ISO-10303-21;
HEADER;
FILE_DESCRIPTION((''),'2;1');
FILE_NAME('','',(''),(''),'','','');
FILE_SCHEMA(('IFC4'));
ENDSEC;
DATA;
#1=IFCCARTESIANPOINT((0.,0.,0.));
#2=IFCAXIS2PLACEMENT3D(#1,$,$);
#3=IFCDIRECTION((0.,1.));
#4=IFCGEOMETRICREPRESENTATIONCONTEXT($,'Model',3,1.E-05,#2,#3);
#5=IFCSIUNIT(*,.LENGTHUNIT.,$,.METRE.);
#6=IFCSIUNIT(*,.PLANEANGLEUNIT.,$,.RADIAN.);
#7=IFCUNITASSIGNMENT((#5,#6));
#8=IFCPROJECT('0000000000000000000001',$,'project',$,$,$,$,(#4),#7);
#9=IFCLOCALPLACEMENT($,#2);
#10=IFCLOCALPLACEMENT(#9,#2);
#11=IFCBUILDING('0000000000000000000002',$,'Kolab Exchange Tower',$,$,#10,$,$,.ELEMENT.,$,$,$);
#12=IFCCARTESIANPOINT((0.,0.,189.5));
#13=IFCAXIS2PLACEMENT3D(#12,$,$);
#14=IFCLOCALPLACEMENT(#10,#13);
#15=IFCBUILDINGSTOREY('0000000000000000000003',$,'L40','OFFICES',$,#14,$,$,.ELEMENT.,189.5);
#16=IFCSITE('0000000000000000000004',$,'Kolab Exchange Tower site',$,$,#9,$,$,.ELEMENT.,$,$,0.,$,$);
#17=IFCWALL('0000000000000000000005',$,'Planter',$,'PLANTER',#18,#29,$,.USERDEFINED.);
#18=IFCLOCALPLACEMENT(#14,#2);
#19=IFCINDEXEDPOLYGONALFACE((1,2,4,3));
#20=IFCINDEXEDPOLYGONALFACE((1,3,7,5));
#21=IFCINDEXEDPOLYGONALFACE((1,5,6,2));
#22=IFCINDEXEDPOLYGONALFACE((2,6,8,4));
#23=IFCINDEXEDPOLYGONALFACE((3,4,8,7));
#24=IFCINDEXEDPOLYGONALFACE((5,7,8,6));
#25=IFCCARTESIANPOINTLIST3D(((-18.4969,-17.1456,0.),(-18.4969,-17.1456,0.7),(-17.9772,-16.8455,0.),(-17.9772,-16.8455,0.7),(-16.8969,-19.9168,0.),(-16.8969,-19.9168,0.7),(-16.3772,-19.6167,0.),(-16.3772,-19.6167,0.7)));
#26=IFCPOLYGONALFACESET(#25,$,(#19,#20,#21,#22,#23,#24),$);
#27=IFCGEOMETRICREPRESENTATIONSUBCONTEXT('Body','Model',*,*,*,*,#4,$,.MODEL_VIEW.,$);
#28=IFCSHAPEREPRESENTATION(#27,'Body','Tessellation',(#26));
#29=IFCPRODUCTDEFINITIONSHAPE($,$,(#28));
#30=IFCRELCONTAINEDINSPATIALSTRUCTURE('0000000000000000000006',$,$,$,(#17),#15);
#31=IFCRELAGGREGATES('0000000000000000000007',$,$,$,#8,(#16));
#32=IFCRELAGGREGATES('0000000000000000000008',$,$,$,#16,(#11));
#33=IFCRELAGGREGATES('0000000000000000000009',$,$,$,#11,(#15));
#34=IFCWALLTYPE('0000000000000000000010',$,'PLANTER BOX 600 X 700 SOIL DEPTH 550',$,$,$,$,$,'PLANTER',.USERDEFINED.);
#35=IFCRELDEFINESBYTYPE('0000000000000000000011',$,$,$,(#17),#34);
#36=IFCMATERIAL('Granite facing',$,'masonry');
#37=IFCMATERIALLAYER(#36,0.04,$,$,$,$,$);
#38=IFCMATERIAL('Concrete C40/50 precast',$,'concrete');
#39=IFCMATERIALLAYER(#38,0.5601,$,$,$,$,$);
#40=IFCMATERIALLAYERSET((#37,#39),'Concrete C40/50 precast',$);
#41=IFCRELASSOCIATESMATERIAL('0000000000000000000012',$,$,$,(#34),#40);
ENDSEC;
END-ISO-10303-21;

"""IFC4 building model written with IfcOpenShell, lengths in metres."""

from ifc_helpers import new_model, si_unit, direction, frame, frame_2d, origin, place, context, subcontext, project, spatial, rectangle, extrude, material, layer, layer_set, type_object, element, save


model = new_model("IFC4")

# Units and contexts
model_context = context("Model", 3, precision=1e-05, world=origin(), true_north=direction((0.0, 1.0)))
body_context = subcontext(model_context, "Body", "Model", "MODEL_VIEW")
ifc_project = project(units=[si_unit("LENGTHUNIT", "METRE"), si_unit("PLANEANGLEUNIT", "RADIAN")], contexts=[model_context])

# Site, building, storey
site_placement = place(None, origin())
site = spatial("IfcSite", under=ifc_project, at=site_placement, Name="Kolab Exchange Tower site", CompositionType="ELEMENT", RefElevation=0.0)
building_placement = place(site_placement, origin())
building = spatial("IfcBuilding", under=site, at=building_placement, Name="Kolab Exchange Tower", CompositionType="ELEMENT")
storey_placement = place(building_placement, frame((0.0, 0.0, 189.5)))
storey = spatial("IfcBuildingStorey", under=building, at=storey_placement, Name="L40", Description="OFFICES", CompositionType="ELEMENT", Elevation=189.5)

# Wall
ifc_material_1 = material(Name="Granite facing", Category="masonry")
ifc_layer_1 = layer(ifc_material_1, 0.04)
ifc_material_2 = material(Name="Concrete C40/50 precast", Category="concrete")
ifc_layer_2 = layer(ifc_material_2, 0.5601)
ifc_layer_set_1 = layer_set([ifc_layer_1, ifc_layer_2], Name="Concrete C40/50 precast")
wall_type_1 = type_object("IfcWallType", Name="PLANTER BOX 600 X 700 SOIL DEPTH 550", ElementType="PLANTER", PredefinedType="USERDEFINED", material=ifc_layer_set_1)
wall_1_placement = place(storey_placement, frame((-16.637, -19.7668, 0.0), z_axis=(0.0, 0.0, 1.0), x_axis=(-0.500028, 0.866009, 0.0)))
element("IfcWall", 1, at=wall_1_placement, inside=storey, type_object=wall_type_1, Name="Planter", ObjectType="PLANTER", PredefinedType="USERDEFINED", context=body_context, shape_type="SweptSolid", body=[
    extrude(rectangle(XDim=3.2, YDim=0.6001, at=frame_2d((1.6001, 0.0))), origin(), (0.0, 0.0, 1.0), 0.7),
])

save(model, "model.ifc")
